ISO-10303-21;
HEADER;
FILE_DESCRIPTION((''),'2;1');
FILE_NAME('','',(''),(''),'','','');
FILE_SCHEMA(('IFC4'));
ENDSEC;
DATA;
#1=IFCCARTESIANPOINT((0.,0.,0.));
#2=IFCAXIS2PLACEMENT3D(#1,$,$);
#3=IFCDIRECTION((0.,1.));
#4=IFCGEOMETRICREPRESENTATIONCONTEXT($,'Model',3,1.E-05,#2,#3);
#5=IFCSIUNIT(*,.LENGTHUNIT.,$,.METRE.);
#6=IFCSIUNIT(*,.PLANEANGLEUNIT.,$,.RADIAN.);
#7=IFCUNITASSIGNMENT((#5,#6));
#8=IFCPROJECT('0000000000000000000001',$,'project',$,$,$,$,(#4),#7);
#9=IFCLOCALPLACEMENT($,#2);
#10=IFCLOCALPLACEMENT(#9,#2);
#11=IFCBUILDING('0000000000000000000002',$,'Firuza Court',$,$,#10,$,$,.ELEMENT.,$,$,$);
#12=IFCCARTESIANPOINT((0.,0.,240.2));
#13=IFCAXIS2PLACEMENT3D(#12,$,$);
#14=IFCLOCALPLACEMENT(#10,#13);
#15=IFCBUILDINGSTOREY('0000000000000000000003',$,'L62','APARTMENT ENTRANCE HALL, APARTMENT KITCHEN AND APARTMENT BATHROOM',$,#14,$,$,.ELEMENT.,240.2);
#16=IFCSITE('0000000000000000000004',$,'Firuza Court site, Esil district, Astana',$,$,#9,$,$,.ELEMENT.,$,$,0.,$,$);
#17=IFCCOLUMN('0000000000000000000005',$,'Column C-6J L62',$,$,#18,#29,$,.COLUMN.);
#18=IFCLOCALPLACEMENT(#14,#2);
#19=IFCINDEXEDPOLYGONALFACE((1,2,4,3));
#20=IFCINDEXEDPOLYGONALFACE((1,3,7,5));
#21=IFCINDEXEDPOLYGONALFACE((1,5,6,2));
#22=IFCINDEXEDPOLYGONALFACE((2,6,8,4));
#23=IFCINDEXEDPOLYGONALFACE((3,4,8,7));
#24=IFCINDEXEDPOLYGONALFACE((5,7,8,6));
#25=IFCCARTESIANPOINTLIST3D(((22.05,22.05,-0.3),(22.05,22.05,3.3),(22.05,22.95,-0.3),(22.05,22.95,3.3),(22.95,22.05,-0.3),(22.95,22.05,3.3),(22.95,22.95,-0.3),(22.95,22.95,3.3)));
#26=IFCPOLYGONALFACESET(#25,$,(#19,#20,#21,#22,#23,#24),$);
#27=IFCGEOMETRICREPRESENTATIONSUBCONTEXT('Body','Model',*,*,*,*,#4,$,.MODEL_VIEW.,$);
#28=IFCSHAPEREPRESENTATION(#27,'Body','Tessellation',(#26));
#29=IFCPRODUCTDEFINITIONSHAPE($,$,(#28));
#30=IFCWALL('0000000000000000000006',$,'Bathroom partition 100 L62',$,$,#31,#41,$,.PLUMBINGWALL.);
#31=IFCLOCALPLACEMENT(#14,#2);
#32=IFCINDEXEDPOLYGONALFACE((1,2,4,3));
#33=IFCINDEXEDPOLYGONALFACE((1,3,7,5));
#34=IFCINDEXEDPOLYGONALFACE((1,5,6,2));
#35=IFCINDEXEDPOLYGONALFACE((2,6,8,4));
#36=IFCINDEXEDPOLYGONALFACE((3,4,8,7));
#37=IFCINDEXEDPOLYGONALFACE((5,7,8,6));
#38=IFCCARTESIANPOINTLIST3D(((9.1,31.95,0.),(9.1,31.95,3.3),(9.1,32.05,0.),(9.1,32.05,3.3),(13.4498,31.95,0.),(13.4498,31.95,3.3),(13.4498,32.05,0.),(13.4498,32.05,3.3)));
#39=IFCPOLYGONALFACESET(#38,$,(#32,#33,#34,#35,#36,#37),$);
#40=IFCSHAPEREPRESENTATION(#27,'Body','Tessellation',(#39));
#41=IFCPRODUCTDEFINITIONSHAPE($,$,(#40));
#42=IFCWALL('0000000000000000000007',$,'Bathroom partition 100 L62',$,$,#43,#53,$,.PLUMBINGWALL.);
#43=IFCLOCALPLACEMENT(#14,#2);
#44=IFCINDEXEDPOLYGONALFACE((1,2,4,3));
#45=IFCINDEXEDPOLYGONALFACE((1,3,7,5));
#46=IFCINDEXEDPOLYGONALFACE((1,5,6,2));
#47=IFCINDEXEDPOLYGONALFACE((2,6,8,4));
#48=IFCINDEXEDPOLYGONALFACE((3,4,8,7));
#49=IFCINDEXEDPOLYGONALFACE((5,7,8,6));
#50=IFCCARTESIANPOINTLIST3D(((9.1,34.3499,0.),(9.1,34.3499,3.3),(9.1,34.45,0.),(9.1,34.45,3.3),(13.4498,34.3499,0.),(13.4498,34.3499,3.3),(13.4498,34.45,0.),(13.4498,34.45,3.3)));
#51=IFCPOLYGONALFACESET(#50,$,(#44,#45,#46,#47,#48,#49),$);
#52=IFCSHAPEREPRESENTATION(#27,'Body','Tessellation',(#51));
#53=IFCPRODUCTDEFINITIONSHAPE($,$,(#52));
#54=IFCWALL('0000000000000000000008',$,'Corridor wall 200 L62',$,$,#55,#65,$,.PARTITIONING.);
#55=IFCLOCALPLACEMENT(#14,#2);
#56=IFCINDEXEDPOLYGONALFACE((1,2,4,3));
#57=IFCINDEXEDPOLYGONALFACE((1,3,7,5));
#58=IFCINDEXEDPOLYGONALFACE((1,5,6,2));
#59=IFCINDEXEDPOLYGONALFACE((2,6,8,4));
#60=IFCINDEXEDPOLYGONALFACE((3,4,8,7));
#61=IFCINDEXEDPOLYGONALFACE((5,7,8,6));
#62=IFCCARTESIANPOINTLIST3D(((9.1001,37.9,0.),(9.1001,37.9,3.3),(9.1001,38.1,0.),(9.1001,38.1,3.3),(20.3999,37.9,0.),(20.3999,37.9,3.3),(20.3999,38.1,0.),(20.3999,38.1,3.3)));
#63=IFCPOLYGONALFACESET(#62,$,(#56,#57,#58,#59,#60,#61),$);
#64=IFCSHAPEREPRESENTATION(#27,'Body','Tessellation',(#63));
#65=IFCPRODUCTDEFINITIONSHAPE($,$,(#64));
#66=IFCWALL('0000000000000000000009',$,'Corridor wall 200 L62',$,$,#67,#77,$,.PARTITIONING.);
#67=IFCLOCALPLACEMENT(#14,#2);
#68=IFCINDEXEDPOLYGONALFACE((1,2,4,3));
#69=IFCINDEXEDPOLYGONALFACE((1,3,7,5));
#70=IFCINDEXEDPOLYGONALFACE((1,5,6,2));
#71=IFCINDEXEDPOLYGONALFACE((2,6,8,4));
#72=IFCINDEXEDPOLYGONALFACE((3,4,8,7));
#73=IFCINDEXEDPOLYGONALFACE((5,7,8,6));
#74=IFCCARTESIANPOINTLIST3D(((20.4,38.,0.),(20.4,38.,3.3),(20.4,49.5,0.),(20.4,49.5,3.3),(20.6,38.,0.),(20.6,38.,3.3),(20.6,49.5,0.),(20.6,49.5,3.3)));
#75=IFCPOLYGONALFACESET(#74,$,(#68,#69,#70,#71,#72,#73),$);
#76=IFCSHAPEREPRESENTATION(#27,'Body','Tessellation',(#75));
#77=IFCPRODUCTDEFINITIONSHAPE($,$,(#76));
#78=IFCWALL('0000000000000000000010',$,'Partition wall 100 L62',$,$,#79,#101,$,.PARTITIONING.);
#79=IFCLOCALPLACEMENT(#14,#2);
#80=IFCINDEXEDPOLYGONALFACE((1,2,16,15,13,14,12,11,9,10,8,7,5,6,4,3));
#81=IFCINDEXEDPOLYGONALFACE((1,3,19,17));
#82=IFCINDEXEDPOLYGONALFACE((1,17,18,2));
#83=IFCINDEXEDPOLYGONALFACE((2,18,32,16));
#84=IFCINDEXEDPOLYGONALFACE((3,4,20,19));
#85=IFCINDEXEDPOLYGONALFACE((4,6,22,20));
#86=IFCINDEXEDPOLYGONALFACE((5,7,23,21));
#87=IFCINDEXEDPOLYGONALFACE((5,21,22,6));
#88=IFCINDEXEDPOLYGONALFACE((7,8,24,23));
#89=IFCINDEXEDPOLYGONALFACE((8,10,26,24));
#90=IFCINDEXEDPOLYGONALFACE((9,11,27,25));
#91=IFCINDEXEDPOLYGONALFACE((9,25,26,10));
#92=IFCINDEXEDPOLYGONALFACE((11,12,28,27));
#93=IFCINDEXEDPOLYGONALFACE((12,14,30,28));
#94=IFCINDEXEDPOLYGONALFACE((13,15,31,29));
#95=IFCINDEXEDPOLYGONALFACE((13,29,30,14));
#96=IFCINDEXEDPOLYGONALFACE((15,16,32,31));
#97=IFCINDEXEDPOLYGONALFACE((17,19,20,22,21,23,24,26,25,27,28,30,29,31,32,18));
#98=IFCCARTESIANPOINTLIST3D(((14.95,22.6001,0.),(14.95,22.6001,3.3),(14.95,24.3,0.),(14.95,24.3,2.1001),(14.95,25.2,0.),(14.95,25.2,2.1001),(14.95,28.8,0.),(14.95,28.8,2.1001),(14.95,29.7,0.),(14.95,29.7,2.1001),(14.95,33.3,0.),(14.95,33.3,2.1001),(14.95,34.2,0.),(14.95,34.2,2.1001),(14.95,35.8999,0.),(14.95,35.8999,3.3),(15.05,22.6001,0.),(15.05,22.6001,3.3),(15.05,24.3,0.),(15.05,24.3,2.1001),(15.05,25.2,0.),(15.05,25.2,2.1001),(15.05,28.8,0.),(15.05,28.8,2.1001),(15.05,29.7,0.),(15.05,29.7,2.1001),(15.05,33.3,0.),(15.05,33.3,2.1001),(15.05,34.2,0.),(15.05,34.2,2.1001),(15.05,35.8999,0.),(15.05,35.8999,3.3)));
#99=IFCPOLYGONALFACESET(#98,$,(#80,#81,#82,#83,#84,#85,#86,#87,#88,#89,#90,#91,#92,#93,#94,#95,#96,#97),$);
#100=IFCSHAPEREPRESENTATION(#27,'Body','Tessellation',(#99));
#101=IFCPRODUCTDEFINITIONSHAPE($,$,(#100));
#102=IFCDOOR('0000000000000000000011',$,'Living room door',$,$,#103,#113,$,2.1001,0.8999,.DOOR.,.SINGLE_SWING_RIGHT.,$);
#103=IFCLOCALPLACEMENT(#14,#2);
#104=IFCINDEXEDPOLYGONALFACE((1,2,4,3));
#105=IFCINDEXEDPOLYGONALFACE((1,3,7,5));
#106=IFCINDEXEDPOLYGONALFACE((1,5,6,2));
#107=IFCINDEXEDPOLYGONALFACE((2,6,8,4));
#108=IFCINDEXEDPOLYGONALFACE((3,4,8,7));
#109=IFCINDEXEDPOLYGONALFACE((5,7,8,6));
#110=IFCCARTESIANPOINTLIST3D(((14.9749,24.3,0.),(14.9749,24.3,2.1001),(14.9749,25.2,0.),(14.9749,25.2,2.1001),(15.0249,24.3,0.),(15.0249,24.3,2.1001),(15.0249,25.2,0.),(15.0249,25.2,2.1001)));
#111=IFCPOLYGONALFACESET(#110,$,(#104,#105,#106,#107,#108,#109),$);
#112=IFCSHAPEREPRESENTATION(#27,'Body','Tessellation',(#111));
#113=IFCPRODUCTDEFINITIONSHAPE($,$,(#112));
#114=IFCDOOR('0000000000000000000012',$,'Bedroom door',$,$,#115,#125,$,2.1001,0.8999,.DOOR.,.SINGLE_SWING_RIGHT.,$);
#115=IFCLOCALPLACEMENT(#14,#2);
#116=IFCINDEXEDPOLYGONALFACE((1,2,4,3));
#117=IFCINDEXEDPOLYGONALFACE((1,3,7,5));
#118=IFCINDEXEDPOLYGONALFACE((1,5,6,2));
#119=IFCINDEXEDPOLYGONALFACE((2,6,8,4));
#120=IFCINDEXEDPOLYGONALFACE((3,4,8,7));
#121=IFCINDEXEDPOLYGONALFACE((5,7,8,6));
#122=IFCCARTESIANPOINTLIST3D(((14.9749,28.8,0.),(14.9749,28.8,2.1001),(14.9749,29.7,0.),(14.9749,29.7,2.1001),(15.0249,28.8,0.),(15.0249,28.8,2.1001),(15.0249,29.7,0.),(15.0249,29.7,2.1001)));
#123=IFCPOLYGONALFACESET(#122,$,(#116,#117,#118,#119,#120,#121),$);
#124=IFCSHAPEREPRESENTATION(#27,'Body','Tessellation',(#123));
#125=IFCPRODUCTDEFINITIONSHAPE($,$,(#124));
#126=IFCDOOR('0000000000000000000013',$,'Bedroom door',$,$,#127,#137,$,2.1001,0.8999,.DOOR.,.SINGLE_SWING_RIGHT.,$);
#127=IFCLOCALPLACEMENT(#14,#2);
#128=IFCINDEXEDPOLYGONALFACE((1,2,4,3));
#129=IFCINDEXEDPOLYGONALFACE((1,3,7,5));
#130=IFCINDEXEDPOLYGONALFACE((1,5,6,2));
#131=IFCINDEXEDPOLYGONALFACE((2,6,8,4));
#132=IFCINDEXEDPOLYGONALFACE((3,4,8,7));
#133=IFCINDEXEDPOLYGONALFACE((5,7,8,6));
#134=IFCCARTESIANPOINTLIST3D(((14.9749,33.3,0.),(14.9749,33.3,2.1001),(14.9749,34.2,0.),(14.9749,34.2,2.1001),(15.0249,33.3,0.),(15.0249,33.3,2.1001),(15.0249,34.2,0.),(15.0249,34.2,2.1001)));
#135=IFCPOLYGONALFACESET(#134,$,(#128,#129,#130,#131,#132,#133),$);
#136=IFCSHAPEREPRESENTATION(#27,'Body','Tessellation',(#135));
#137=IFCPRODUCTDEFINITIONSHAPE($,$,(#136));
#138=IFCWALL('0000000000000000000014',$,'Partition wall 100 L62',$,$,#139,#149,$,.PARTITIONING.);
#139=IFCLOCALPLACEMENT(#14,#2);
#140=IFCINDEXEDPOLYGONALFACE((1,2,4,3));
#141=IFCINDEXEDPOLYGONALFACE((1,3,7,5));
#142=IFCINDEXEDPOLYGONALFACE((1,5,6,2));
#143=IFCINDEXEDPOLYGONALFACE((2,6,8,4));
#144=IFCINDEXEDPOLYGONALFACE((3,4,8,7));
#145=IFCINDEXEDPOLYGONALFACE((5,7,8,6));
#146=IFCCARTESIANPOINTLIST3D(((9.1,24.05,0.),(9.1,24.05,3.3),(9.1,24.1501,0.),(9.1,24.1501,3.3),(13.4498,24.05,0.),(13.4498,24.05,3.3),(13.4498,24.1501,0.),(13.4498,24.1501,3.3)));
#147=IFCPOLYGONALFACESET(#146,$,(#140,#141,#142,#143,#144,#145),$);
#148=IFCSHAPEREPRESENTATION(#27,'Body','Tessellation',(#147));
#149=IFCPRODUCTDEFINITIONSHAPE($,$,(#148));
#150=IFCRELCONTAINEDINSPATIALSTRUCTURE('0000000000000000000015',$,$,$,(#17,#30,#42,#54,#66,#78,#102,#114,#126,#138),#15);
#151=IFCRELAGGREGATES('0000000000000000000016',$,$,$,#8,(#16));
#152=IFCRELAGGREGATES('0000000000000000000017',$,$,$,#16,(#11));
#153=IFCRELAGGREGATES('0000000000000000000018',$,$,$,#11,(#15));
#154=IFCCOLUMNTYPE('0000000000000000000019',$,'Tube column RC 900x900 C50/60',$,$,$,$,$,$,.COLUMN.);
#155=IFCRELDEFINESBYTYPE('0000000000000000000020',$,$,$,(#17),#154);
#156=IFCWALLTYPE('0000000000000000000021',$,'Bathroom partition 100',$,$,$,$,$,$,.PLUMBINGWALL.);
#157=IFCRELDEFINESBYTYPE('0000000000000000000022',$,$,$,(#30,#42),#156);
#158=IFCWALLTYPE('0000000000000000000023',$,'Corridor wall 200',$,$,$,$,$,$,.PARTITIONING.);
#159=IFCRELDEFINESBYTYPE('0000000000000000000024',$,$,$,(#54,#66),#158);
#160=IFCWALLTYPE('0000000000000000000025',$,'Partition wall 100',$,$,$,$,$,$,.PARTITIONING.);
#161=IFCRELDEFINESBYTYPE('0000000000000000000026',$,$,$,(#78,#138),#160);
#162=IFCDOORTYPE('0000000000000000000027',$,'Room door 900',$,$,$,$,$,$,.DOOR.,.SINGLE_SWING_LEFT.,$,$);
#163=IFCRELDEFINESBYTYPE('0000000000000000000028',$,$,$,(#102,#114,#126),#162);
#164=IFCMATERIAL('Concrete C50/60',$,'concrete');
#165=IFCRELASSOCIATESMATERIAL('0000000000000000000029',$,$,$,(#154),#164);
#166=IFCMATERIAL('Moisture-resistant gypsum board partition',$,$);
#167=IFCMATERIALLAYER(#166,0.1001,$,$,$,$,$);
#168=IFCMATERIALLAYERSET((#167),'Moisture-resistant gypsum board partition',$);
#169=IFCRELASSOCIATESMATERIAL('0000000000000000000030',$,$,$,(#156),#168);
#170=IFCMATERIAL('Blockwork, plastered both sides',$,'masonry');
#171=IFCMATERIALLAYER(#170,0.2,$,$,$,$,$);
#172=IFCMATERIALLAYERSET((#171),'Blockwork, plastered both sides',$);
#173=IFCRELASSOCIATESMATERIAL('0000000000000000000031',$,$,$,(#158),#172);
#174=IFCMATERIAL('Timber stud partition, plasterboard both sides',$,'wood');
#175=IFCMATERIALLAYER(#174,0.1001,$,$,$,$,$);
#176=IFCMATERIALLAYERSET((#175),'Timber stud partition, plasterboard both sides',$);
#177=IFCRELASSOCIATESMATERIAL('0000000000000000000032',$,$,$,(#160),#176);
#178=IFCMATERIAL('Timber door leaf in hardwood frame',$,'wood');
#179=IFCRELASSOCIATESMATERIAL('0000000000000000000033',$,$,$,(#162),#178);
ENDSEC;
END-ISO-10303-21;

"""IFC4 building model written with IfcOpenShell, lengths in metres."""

from ifc_helpers import new_model, si_unit, direction, frame, frame_2d, origin, origin_2d, place, context, subcontext, project, spatial, rectangle, extrude, material, layer, layer_set, material_profile, profile_set, type_object, element, fill, save


model = new_model("IFC4")

# Units and contexts
model_context = context("Model", 3, precision=1e-05, world=origin(), true_north=direction((0.0, 1.0)))
body_context = subcontext(model_context, "Body", "Model", "MODEL_VIEW")
ifc_project = project(units=[si_unit("LENGTHUNIT", "METRE"), si_unit("PLANEANGLEUNIT", "RADIAN")], contexts=[model_context])

# Site, building, storey
site_placement = place(None, origin())
site = spatial("IfcSite", under=ifc_project, at=site_placement, Name="Firuza Court site, Esil district, Astana", CompositionType="ELEMENT", RefElevation=0.0)
building_placement = place(site_placement, origin())
building = spatial("IfcBuilding", under=site, at=building_placement, Name="Firuza Court", CompositionType="ELEMENT")
storey_placement = place(building_placement, frame((0.0, 0.0, 240.2)))
storey = spatial("IfcBuildingStorey", under=building, at=storey_placement, Name="L62", Description="APARTMENT ENTRANCE HALL, APARTMENT KITCHEN AND APARTMENT BATHROOM", CompositionType="ELEMENT", Elevation=240.2)

# Column
ifc_material_1 = material(Name="Concrete C50/60", Category="concrete")
ifc_material_profile = material_profile(ifc_material_1, rectangle(XDim=0.8999, YDim=0.8999, at=origin_2d()), Name="RC 900x900")
ifc_profile_set = profile_set([ifc_material_profile], Name="Concrete C50/60")
column_type = type_object("IfcColumnType", Name="Tube column RC 900x900 C50/60", PredefinedType="COLUMN", material=ifc_profile_set)
column_placement = place(storey_placement, frame((22.5, 22.5, -0.3), z_axis=(0.0, 0.0, 1.0), x_axis=(1.0, 0.0, 0.0)))
element("IfcColumn", 1, at=column_placement, inside=storey, type_object=column_type, Name="Column C-6J L62", PredefinedType="COLUMN", context=body_context, shape_type="SweptSolid", body=[
    extrude(rectangle(XDim=0.8999, YDim=0.8999, at=origin_2d()), origin(), (0.0, 0.0, 1.0), 3.6001),
])

# Walls
ifc_material_2 = material(Name="Moisture-resistant gypsum board partition")
ifc_layer_1 = layer(ifc_material_2, 0.1001)
ifc_layer_set_1 = layer_set([ifc_layer_1], Name="Moisture-resistant gypsum board partition")
wall_type_1 = type_object("IfcWallType", Name="Bathroom partition 100", PredefinedType="PLUMBINGWALL", material=ifc_layer_set_1)
for number, where, z_axis, x_axis, name in (
    (2, (9.1001, 32.0, 0.0), (0.0, 0.0, 1.0), (1.0, 0.0, 0.0), "Bathroom partition 100 L62"),
    (3, (9.1001, 34.3999, 0.0), (0.0, 0.0, 1.0), (1.0, 0.0, 0.0), "Bathroom partition 100 L62"),
):
    element("IfcWall", number, at=place(storey_placement, frame(where, z_axis=z_axis, x_axis=x_axis)), inside=storey, type_object=wall_type_1, Name=name, PredefinedType="PLUMBINGWALL", context=body_context, shape_type="SweptSolid", body=[
        extrude(rectangle(XDim=4.3499, YDim=0.1001, at=frame_2d((2.1748, 0.0))), origin(), (0.0, 0.0, 1.0), 3.3),
    ])
ifc_material_3 = material(Name="Blockwork, plastered both sides", Category="masonry")
ifc_layer_2 = layer(ifc_material_3, 0.2)
ifc_layer_set_2 = layer_set([ifc_layer_2], Name="Blockwork, plastered both sides")
wall_type_2 = type_object("IfcWallType", Name="Corridor wall 200", PredefinedType="PARTITIONING", material=ifc_layer_set_2)
wall_1_placement = place(storey_placement, frame((9.1001, 38.0, 0.0), z_axis=(0.0, 0.0, 1.0), x_axis=(1.0, 0.0, 0.0)))
element("IfcWall", 4, at=wall_1_placement, inside=storey, type_object=wall_type_2, Name="Corridor wall 200 L62", PredefinedType="PARTITIONING", context=body_context, shape_type="SweptSolid", body=[
    extrude(rectangle(XDim=11.2998, YDim=0.2, at=frame_2d((5.6499, 0.0))), origin(), (0.0, 0.0, 1.0), 3.3),
])
wall_2_placement = place(storey_placement, frame((20.5, 38.0, 0.0), z_axis=(0.0, 0.0, 1.0), x_axis=(0.0, 1.0, 0.0)))
element("IfcWall", 5, at=wall_2_placement, inside=storey, type_object=wall_type_2, Name="Corridor wall 200 L62", PredefinedType="PARTITIONING", context=body_context, shape_type="SweptSolid", body=[
    extrude(rectangle(XDim=11.5, YDim=0.2, at=frame_2d((5.75, 0.0))), origin(), (0.0, 0.0, 1.0), 3.3),
])

# Wall, openings, doors
ifc_material_4 = material(Name="Timber stud partition, plasterboard both sides", Category="wood")
ifc_layer_3 = layer(ifc_material_4, 0.1001)
ifc_layer_set_3 = layer_set([ifc_layer_3], Name="Timber stud partition, plasterboard both sides")
wall_type_3 = type_object("IfcWallType", Name="Partition wall 100", PredefinedType="PARTITIONING", material=ifc_layer_set_3)
wall_3_placement = place(storey_placement, frame((15.0, 22.6001, 0.0), z_axis=(0.0, 0.0, 1.0), x_axis=(0.0, 1.0, 0.0)))
wall_3 = element("IfcWall", 6, at=wall_3_placement, inside=storey, type_object=wall_type_3, Name="Partition wall 100 L62", PredefinedType="PARTITIONING", context=body_context, shape_type="SweptSolid", body=[
    extrude(rectangle(XDim=13.2998, YDim=0.1001, at=frame_2d((6.6499, 0.0))), origin(), (0.0, 0.0, 1.0), 3.3),
])
opening_1_placement = place(wall_3_placement, frame((1.7, 0.0, 0.0)))
opening_1 = element("IfcOpeningElement", 7, at=opening_1_placement, cuts=wall_3, PredefinedType="OPENING", context=body_context, shape_type="SweptSolid", body=[
    extrude(rectangle(XDim=0.8999, YDim=2.1001, at=frame_2d((0.45, 1.05))), frame((0.0, 0.062, 0.0), z_axis=(0.0, -1.0, 0.0), x_axis=(1.0, 0.0, 0.0)), (0.0, 0.0, 1.0), 0.124),
])
opening_2_placement = place(wall_3_placement, frame((6.2, 0.0, 0.0)))
opening_2 = element("IfcOpeningElement", 8, at=opening_2_placement, cuts=wall_3, PredefinedType="OPENING", context=body_context, shape_type="SweptSolid", body=[
    extrude(rectangle(XDim=0.8999, YDim=2.1001, at=frame_2d((0.45, 1.05))), frame((0.0, 0.062, 0.0), z_axis=(0.0, -1.0, 0.0), x_axis=(1.0, 0.0, 0.0)), (0.0, 0.0, 1.0), 0.124),
])
opening_3_placement = place(wall_3_placement, frame((10.7, 0.0, 0.0)))
opening_3 = element("IfcOpeningElement", 9, at=opening_3_placement, cuts=wall_3, PredefinedType="OPENING", context=body_context, shape_type="SweptSolid", body=[
    extrude(rectangle(XDim=0.8999, YDim=2.1001, at=frame_2d((0.45, 1.05))), frame((0.0, 0.062, 0.0), z_axis=(0.0, -1.0, 0.0), x_axis=(1.0, 0.0, 0.0)), (0.0, 0.0, 1.0), 0.124),
])
ifc_material_5 = material(Name="Timber door leaf in hardwood frame", Category="wood")
door_type_1 = type_object("IfcDoorType", Name="Room door 900", OperationType="SINGLE_SWING_LEFT", PredefinedType="DOOR", material=ifc_material_5)
door_1_placement = place(opening_1_placement, frame((0.8999, 0.0, 0.0), z_axis=(0.0, 0.0, 1.0), x_axis=(-1.0, 0.0, 0.0)))
door_1 = element("IfcDoor", 10, at=door_1_placement, inside=storey, type_object=door_type_1, Name="Living room door", OperationType="SINGLE_SWING_RIGHT", OverallHeight=2.1001, OverallWidth=0.8999, PredefinedType="DOOR", context=body_context, shape_type="SweptSolid", body=[
    extrude(rectangle(XDim=0.8999, YDim=2.1001, at=frame_2d((0.45, 1.05))), frame((0.0, 0.0249, 0.0), z_axis=(0.0, -1.0, 0.0), x_axis=(1.0, 0.0, 0.0)), (0.0, 0.0, 1.0), 0.05),
])
fill(opening_1, door_1)
door_2_placement = place(opening_2_placement, frame((0.8999, 0.0, 0.0), z_axis=(0.0, 0.0, 1.0), x_axis=(-1.0, 0.0, 0.0)))
door_2 = element("IfcDoor", 11, at=door_2_placement, inside=storey, type_object=door_type_1, Name="Bedroom door", OperationType="SINGLE_SWING_RIGHT", OverallHeight=2.1001, OverallWidth=0.8999, PredefinedType="DOOR", context=body_context, shape_type="SweptSolid", body=[
    extrude(rectangle(XDim=0.8999, YDim=2.1001, at=frame_2d((0.45, 1.05))), frame((0.0, 0.0249, 0.0), z_axis=(0.0, -1.0, 0.0), x_axis=(1.0, 0.0, 0.0)), (0.0, 0.0, 1.0), 0.05),
])
fill(opening_2, door_2)
door_3_placement = place(opening_3_placement, frame((0.8999, 0.0, 0.0), z_axis=(0.0, 0.0, 1.0), x_axis=(-1.0, 0.0, 0.0)))
door_3 = element("IfcDoor", 12, at=door_3_placement, inside=storey, type_object=door_type_1, Name="Bedroom door", OperationType="SINGLE_SWING_RIGHT", OverallHeight=2.1001, OverallWidth=0.8999, PredefinedType="DOOR", context=body_context, shape_type="SweptSolid", body=[
    extrude(rectangle(XDim=0.8999, YDim=2.1001, at=frame_2d((0.45, 1.05))), frame((0.0, 0.0249, 0.0), z_axis=(0.0, -1.0, 0.0), x_axis=(1.0, 0.0, 0.0)), (0.0, 0.0, 1.0), 0.05),
])
fill(opening_3, door_3)

# Wall
wall_4_placement = place(storey_placement, frame((9.1001, 24.1001, 0.0), z_axis=(0.0, 0.0, 1.0), x_axis=(1.0, 0.0, 0.0)))
element("IfcWall", 13, at=wall_4_placement, inside=storey, type_object=wall_type_3, Name="Partition wall 100 L62", PredefinedType="PARTITIONING", context=body_context, shape_type="SweptSolid", body=[
    extrude(rectangle(XDim=4.3499, YDim=0.1001, at=frame_2d((2.1748, 0.0))), origin(), (0.0, 0.0, 1.0), 3.3),
])

save(model, "model.ifc")
